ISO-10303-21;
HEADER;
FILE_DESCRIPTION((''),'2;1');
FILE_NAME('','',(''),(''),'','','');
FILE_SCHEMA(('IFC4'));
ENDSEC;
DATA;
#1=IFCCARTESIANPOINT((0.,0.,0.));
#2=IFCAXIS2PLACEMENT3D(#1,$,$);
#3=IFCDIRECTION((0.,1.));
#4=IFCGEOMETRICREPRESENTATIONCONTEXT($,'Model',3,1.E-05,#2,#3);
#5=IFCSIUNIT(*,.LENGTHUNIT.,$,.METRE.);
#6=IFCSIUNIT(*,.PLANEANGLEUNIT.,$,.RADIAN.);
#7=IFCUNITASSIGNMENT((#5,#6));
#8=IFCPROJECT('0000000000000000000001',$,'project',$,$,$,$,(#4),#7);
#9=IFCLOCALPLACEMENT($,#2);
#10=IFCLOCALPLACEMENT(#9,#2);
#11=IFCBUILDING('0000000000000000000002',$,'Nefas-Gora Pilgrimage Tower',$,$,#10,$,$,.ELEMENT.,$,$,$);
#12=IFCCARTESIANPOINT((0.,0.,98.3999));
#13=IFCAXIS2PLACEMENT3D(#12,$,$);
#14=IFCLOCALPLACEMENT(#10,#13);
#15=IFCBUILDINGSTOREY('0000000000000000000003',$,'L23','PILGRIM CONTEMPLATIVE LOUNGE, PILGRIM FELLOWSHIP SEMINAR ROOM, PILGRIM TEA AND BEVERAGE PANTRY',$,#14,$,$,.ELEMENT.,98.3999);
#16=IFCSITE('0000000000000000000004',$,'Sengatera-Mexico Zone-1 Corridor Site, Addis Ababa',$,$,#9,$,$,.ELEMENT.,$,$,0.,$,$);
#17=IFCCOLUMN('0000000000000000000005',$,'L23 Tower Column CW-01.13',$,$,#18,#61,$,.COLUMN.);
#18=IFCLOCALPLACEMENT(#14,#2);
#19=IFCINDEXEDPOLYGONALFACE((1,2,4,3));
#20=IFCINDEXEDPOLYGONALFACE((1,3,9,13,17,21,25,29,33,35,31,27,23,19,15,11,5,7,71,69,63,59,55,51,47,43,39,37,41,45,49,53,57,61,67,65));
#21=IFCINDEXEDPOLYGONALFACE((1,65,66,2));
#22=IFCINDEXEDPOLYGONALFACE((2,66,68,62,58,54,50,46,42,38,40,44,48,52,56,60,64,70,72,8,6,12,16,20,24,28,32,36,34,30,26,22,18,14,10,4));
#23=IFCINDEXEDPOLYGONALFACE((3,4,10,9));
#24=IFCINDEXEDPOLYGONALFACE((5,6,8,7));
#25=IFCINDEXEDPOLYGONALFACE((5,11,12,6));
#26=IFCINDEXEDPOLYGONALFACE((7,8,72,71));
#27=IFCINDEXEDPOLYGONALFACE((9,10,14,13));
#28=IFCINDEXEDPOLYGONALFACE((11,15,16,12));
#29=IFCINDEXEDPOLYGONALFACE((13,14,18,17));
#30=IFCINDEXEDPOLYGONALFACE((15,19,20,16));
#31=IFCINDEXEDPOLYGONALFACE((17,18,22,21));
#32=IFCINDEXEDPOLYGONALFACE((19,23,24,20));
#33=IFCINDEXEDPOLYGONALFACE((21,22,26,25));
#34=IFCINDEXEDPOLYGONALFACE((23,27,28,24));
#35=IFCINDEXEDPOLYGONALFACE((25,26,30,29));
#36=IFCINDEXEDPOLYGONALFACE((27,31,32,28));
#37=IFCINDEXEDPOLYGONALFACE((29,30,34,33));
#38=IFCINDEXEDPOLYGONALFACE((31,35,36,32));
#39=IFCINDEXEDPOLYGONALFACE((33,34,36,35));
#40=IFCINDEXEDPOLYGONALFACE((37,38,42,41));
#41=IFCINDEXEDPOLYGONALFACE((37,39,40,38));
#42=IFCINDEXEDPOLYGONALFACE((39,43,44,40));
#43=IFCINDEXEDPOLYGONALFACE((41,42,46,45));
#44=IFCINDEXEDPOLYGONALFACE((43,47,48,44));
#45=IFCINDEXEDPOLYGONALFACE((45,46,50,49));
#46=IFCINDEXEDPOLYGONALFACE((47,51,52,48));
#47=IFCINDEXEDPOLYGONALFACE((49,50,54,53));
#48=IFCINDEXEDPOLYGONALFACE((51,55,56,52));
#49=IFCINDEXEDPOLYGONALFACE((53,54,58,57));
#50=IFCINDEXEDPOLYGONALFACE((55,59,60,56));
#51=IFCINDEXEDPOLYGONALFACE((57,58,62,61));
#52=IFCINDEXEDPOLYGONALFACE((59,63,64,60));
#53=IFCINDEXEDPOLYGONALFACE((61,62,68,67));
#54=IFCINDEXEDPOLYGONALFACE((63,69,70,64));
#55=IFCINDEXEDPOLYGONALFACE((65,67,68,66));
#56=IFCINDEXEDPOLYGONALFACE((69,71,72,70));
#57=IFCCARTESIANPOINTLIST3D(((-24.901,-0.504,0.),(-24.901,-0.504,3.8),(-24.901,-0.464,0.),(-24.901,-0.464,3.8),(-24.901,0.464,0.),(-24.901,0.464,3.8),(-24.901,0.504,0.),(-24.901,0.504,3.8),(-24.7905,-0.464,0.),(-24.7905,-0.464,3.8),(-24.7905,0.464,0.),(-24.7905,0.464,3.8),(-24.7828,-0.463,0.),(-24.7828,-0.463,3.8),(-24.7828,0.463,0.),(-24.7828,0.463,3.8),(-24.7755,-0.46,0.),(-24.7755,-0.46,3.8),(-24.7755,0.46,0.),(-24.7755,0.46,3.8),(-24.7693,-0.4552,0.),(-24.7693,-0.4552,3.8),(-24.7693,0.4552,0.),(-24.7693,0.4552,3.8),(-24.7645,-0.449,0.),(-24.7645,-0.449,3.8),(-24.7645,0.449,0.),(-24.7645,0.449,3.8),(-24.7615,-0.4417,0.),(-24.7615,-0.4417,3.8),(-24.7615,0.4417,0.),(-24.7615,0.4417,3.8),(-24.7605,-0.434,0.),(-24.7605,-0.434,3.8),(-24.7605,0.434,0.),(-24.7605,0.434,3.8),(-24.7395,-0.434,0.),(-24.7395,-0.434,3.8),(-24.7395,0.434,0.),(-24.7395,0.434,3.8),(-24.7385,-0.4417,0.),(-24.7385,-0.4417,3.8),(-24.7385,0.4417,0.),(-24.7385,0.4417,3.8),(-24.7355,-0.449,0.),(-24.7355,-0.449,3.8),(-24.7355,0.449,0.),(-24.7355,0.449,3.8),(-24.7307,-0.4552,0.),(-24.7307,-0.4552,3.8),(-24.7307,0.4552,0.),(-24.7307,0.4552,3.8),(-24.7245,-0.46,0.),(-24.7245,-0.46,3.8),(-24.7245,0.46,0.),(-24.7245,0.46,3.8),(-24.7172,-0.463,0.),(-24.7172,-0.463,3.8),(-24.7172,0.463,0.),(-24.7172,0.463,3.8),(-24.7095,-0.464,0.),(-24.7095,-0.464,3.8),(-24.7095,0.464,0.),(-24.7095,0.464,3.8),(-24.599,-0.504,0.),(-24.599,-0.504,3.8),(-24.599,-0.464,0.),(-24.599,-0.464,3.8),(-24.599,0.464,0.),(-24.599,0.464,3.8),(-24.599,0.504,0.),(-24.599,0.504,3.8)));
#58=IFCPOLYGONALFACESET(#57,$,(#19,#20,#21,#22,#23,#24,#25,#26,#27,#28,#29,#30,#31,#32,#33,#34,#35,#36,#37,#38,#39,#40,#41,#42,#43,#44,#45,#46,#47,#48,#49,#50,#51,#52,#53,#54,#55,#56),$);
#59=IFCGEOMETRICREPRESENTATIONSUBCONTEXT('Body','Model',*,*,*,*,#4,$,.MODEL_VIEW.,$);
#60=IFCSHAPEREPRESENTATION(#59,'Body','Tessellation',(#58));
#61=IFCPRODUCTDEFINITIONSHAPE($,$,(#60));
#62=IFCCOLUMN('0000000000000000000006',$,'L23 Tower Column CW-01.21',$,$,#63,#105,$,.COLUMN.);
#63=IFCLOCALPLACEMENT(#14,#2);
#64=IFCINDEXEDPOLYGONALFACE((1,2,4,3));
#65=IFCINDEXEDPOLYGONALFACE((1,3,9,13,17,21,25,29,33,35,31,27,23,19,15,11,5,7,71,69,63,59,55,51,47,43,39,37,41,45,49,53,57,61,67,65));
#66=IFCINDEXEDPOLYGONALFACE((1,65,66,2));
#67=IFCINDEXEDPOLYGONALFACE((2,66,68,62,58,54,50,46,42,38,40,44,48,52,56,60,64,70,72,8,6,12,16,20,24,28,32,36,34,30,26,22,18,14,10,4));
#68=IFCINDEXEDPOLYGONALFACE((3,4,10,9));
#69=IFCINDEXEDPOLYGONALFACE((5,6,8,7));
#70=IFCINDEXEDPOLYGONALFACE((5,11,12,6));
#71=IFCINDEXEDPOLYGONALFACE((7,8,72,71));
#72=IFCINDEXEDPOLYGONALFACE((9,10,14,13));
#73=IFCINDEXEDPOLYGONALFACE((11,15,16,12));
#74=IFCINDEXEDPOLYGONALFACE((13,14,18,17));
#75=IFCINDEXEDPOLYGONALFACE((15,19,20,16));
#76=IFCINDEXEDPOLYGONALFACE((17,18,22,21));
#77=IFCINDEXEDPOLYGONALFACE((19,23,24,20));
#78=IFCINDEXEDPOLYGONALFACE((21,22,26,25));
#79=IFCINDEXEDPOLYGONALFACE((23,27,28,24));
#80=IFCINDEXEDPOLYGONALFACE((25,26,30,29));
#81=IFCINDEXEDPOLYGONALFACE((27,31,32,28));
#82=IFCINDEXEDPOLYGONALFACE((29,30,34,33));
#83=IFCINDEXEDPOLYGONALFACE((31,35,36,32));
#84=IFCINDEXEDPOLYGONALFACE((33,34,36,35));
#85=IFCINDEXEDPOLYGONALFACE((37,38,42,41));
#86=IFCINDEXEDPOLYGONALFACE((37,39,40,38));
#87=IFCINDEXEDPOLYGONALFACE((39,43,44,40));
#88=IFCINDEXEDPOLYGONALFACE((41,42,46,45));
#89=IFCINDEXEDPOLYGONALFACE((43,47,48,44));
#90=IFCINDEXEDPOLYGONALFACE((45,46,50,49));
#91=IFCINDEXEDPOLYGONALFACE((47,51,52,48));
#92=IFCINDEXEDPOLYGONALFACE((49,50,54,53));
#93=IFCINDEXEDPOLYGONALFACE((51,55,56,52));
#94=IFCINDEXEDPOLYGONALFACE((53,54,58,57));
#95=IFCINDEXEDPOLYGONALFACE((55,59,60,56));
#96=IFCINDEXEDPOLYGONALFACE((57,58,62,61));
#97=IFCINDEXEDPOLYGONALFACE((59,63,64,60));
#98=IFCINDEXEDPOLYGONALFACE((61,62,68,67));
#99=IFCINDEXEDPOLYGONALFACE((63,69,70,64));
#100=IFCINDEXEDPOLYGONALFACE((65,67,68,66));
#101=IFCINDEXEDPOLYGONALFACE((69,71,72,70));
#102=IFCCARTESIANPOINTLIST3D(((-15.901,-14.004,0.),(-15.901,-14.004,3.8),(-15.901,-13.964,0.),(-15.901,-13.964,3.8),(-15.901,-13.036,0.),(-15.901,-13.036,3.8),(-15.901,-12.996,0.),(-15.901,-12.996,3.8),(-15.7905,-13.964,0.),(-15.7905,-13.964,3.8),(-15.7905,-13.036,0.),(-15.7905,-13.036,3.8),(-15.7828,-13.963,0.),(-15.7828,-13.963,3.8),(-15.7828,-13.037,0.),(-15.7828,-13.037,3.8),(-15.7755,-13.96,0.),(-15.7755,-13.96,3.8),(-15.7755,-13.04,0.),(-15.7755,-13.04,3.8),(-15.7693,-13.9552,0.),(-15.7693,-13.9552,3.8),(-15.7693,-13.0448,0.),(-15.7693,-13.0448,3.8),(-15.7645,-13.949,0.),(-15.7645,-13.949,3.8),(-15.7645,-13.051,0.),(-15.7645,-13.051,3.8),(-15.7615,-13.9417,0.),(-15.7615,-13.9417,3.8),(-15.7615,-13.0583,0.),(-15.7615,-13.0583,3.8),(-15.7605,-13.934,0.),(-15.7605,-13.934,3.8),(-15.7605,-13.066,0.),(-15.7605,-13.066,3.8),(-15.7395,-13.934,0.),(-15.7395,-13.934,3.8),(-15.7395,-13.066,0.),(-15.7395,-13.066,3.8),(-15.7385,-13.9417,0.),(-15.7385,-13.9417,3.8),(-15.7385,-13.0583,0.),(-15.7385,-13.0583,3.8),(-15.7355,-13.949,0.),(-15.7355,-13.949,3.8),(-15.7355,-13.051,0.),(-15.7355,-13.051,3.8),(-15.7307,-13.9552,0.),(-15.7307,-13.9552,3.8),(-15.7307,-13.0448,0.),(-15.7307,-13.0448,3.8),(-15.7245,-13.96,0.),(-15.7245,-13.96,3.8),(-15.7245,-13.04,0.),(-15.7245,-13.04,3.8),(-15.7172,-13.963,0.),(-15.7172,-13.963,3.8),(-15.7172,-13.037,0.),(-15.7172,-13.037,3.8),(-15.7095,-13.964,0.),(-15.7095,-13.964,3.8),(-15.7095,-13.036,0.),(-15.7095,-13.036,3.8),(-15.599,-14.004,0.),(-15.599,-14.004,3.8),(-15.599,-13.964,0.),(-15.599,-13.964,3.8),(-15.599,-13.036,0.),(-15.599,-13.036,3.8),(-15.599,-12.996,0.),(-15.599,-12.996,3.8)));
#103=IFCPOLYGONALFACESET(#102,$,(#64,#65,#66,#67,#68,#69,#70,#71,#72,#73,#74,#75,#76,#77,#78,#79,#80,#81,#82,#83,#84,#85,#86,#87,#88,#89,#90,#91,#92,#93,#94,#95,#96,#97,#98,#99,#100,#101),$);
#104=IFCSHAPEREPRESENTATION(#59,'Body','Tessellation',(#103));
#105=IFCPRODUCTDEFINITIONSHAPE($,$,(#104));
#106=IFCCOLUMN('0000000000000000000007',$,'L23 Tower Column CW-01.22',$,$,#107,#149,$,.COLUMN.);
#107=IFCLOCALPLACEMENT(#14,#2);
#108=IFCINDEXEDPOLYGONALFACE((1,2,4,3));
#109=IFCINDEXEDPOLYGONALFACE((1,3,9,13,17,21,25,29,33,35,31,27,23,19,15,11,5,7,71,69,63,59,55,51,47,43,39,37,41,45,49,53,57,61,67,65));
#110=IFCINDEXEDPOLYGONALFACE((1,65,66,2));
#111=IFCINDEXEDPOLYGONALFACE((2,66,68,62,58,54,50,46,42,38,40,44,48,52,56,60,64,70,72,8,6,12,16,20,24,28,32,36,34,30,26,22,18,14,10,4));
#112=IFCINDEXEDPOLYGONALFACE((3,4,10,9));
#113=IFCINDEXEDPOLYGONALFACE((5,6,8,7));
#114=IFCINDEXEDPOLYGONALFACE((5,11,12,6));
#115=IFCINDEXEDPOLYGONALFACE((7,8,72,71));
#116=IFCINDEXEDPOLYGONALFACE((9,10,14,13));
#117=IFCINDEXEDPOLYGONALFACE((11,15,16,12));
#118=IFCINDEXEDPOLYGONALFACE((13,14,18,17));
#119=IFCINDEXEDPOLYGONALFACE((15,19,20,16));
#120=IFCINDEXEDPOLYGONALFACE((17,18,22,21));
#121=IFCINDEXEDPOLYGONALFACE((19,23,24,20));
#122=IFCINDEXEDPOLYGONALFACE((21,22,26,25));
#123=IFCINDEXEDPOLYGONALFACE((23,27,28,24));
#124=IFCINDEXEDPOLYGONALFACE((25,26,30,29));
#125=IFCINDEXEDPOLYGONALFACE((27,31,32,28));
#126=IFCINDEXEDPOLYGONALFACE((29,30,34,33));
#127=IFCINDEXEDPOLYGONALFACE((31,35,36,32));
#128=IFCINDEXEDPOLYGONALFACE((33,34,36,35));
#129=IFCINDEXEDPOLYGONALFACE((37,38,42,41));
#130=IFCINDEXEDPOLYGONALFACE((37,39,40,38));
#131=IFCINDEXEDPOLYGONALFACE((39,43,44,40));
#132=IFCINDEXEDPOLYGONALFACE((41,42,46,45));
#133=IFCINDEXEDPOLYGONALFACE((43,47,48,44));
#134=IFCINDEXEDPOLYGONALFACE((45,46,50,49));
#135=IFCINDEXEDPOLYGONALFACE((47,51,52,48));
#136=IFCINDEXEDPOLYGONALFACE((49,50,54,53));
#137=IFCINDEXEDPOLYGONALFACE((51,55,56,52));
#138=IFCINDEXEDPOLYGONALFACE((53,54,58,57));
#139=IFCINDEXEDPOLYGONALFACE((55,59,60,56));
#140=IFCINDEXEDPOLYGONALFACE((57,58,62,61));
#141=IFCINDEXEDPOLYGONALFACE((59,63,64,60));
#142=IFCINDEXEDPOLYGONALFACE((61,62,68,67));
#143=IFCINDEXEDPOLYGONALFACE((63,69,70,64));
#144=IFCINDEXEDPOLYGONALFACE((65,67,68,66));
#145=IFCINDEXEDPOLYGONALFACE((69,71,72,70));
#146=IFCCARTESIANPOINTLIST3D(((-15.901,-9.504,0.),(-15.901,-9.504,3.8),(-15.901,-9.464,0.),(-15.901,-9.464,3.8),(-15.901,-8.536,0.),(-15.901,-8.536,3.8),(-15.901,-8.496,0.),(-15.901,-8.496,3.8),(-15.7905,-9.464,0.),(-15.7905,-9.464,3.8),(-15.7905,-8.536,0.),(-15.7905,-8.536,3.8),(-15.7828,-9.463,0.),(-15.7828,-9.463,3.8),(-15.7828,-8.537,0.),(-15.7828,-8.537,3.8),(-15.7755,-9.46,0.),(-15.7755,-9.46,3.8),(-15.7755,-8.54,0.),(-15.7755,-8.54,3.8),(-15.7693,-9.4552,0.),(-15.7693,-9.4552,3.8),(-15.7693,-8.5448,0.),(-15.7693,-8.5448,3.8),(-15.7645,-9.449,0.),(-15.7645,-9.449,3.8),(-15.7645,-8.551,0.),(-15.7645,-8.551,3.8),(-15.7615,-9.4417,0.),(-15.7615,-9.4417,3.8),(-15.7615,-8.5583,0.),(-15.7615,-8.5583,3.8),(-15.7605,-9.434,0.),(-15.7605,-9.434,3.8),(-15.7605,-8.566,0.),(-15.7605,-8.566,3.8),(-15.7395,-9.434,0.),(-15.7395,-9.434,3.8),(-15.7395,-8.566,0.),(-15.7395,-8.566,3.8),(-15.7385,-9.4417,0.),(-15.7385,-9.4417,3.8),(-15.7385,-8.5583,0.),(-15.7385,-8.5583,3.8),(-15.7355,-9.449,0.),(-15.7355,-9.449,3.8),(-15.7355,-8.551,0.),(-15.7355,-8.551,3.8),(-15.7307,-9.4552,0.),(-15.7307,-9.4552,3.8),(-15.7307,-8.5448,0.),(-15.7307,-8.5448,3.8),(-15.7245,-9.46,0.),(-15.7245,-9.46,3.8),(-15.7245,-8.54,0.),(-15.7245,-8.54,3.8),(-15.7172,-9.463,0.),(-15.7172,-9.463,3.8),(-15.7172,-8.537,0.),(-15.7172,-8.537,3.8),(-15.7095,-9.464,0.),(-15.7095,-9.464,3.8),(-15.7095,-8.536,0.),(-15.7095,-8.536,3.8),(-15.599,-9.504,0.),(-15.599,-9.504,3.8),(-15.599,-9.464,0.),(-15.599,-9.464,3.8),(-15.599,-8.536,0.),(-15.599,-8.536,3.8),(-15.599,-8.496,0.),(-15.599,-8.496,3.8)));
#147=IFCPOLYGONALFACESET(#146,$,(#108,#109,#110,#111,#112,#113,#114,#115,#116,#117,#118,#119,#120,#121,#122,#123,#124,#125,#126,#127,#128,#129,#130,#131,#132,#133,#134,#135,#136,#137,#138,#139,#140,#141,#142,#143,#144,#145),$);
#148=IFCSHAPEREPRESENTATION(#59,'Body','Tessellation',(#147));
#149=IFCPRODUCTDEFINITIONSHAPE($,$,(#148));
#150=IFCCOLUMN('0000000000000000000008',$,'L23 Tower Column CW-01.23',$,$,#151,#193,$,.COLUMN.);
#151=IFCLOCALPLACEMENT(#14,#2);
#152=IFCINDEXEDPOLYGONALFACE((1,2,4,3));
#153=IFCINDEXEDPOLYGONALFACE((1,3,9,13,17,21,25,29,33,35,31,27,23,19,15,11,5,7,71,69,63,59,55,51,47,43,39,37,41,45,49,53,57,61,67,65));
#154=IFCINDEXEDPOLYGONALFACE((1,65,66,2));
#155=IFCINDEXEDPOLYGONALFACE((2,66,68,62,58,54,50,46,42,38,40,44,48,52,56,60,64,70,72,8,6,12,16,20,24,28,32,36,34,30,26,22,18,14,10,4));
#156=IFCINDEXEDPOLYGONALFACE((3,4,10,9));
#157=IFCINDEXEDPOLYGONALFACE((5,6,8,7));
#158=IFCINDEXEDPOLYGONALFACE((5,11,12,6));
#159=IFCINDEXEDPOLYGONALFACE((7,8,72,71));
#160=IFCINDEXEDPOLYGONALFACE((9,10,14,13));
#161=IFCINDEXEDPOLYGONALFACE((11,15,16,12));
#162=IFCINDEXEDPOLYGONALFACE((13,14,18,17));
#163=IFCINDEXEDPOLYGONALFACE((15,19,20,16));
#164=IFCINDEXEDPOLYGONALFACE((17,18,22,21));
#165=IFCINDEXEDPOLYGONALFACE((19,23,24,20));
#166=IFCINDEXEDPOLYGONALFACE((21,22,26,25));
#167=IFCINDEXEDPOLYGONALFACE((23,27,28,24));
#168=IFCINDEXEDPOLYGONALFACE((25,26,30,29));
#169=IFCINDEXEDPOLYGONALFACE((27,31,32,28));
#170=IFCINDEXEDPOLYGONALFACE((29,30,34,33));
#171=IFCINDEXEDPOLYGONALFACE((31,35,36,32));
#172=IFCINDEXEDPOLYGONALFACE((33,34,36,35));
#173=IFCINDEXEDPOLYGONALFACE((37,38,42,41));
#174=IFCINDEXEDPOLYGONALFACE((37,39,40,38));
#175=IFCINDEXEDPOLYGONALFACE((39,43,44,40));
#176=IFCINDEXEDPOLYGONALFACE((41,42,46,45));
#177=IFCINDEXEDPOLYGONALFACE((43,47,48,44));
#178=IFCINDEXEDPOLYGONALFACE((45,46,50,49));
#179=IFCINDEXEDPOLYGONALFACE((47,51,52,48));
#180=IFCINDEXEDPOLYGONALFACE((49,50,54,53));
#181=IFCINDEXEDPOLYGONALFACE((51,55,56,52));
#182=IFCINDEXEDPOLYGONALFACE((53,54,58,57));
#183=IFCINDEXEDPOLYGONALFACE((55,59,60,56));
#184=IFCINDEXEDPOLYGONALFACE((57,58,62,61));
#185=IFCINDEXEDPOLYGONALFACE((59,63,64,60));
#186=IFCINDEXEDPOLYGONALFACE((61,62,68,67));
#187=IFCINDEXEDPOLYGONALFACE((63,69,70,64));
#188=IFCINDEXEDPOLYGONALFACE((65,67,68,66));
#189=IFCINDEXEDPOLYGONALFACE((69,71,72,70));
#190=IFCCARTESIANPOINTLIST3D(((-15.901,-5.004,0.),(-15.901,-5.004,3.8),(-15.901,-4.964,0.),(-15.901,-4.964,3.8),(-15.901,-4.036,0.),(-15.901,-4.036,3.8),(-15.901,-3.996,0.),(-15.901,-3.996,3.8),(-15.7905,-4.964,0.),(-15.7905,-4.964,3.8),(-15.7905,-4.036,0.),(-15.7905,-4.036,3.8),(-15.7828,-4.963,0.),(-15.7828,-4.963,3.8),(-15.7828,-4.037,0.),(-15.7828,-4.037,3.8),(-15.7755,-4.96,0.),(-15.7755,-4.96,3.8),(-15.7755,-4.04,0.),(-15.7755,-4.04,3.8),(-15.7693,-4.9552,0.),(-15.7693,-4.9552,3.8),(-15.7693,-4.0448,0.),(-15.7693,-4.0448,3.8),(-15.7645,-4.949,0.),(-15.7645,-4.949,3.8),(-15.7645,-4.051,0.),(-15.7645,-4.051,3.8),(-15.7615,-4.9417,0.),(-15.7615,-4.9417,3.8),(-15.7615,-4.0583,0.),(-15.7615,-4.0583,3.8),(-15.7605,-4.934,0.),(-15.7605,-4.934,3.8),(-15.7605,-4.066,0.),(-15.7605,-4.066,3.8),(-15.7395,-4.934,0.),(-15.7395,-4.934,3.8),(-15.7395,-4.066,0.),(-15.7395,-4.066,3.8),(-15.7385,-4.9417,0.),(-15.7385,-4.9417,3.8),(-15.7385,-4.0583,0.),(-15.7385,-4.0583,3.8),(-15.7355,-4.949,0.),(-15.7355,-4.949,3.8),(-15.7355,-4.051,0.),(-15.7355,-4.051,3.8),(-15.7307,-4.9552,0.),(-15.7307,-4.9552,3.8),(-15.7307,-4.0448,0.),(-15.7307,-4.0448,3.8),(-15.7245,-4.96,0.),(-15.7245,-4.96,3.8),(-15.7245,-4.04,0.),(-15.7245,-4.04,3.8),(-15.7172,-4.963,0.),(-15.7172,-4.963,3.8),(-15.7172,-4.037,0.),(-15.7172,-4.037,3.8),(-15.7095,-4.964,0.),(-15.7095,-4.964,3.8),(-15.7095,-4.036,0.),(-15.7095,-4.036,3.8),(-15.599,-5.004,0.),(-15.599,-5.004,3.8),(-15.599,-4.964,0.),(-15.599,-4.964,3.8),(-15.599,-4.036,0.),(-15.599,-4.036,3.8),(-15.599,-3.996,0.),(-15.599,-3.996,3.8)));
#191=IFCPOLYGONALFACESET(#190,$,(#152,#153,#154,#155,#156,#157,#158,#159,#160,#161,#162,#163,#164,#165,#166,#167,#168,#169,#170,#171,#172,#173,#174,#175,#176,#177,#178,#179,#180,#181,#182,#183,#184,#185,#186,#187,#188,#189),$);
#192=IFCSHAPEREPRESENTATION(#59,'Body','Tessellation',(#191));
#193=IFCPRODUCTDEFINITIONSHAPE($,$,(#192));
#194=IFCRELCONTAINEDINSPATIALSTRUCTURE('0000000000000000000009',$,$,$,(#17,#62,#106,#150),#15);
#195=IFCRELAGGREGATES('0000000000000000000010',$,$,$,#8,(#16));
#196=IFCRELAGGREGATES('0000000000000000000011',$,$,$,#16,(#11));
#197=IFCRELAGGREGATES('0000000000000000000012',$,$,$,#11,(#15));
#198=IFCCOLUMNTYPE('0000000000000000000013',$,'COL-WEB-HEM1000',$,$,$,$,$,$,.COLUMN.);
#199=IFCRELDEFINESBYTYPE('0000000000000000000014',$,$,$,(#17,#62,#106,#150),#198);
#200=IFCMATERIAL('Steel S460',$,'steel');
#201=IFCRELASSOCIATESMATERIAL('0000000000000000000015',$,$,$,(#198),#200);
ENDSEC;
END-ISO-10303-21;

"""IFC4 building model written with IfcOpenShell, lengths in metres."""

from ifc_helpers import new_model, si_unit, direction, frame, origin, origin_2d, place, context, subcontext, project, spatial, i_section, extrude, source, transform, mapped, material, material_profile, profile_set, type_object, element, save


model = new_model("IFC4")

# Units and contexts
model_context = context("Model", 3, precision=1e-05, world=origin(), true_north=direction((0.0, 1.0)))
body_context = subcontext(model_context, "Body", "Model", "MODEL_VIEW")
ifc_project = project(units=[si_unit("LENGTHUNIT", "METRE"), si_unit("PLANEANGLEUNIT", "RADIAN")], contexts=[model_context])

# Site, building, storey
site_placement = place(None, origin())
site = spatial("IfcSite", under=ifc_project, at=site_placement, Name="Sengatera-Mexico Zone-1 Corridor Site, Addis Ababa", CompositionType="ELEMENT", RefElevation=0.0)
building_placement = place(site_placement, origin())
building = spatial("IfcBuilding", under=site, at=building_placement, Name="Nefas-Gora Pilgrimage Tower", CompositionType="ELEMENT")
storey_placement = place(building_placement, frame((0.0, 0.0, 98.3999)))
storey = spatial("IfcBuildingStorey", under=building, at=storey_placement, Name="L23", Description="PILGRIM CONTEMPLATIVE LOUNGE, PILGRIM FELLOWSHIP SEMINAR ROOM, PILGRIM TEA AND BEVERAGE PANTRY", CompositionType="ELEMENT", Elevation=98.3999)

# Columns
ifc_material_1 = material(Name="Steel S460", Category="steel")
ifc_material_profile_1 = material_profile(ifc_material_1, i_section(OverallWidth=0.302, OverallDepth=1.0081, WebThickness=0.021, FlangeThickness=0.04, FilletRadius=0.03, at=origin_2d()), Name="HEM 1000")
ifc_profile_set_1 = profile_set([ifc_material_profile_1], Name="Steel S460")
column_type_1 = type_object("IfcColumnType", Name="COL-WEB-HEM1000", PredefinedType="COLUMN", material=ifc_profile_set_1)
shared_shape_1 = source(origin(), body_context, "Body", "SweptSolid", [
    extrude(i_section(OverallWidth=0.302, OverallDepth=1.0081, WebThickness=0.021, FlangeThickness=0.04, FilletRadius=0.03, at=origin_2d()), origin(), (0.0, 0.0, 1.0), 3.8),
])
for number, where, z_axis, x_axis, name in (
    (1, (-24.75, 0.0, 0.0), (0.0, 0.0, 1.0), (1.0, 0.0, 0.0), "L23 Tower Column CW-01.13"),
    (2, (-15.75, -13.5, 0.0), (0.0, 0.0, 1.0), (1.0, 0.0, 0.0), "L23 Tower Column CW-01.21"),
    (3, (-15.75, -9.0, 0.0), (0.0, 0.0, 1.0), (1.0, 0.0, 0.0), "L23 Tower Column CW-01.22"),
    (4, (-15.75, -4.5, 0.0), (0.0, 0.0, 1.0), (1.0, 0.0, 0.0), "L23 Tower Column CW-01.23"),
):
    element("IfcColumn", number, at=place(storey_placement, frame(where, z_axis=z_axis, x_axis=x_axis)), inside=storey, type_object=column_type_1, Name=name, PredefinedType="COLUMN", context=body_context, shape_type="MappedRepresentation", body=[
        mapped(shared_shape_1, transform((0.0, 0.0, 0.0), x_axis=(1.0, 0.0, 0.0), y_axis=(0.0, 1.0, 0.0), z_axis=(0.0, 0.0, 1.0), scale=1.0)),
    ])

save(model, "model.ifc")
